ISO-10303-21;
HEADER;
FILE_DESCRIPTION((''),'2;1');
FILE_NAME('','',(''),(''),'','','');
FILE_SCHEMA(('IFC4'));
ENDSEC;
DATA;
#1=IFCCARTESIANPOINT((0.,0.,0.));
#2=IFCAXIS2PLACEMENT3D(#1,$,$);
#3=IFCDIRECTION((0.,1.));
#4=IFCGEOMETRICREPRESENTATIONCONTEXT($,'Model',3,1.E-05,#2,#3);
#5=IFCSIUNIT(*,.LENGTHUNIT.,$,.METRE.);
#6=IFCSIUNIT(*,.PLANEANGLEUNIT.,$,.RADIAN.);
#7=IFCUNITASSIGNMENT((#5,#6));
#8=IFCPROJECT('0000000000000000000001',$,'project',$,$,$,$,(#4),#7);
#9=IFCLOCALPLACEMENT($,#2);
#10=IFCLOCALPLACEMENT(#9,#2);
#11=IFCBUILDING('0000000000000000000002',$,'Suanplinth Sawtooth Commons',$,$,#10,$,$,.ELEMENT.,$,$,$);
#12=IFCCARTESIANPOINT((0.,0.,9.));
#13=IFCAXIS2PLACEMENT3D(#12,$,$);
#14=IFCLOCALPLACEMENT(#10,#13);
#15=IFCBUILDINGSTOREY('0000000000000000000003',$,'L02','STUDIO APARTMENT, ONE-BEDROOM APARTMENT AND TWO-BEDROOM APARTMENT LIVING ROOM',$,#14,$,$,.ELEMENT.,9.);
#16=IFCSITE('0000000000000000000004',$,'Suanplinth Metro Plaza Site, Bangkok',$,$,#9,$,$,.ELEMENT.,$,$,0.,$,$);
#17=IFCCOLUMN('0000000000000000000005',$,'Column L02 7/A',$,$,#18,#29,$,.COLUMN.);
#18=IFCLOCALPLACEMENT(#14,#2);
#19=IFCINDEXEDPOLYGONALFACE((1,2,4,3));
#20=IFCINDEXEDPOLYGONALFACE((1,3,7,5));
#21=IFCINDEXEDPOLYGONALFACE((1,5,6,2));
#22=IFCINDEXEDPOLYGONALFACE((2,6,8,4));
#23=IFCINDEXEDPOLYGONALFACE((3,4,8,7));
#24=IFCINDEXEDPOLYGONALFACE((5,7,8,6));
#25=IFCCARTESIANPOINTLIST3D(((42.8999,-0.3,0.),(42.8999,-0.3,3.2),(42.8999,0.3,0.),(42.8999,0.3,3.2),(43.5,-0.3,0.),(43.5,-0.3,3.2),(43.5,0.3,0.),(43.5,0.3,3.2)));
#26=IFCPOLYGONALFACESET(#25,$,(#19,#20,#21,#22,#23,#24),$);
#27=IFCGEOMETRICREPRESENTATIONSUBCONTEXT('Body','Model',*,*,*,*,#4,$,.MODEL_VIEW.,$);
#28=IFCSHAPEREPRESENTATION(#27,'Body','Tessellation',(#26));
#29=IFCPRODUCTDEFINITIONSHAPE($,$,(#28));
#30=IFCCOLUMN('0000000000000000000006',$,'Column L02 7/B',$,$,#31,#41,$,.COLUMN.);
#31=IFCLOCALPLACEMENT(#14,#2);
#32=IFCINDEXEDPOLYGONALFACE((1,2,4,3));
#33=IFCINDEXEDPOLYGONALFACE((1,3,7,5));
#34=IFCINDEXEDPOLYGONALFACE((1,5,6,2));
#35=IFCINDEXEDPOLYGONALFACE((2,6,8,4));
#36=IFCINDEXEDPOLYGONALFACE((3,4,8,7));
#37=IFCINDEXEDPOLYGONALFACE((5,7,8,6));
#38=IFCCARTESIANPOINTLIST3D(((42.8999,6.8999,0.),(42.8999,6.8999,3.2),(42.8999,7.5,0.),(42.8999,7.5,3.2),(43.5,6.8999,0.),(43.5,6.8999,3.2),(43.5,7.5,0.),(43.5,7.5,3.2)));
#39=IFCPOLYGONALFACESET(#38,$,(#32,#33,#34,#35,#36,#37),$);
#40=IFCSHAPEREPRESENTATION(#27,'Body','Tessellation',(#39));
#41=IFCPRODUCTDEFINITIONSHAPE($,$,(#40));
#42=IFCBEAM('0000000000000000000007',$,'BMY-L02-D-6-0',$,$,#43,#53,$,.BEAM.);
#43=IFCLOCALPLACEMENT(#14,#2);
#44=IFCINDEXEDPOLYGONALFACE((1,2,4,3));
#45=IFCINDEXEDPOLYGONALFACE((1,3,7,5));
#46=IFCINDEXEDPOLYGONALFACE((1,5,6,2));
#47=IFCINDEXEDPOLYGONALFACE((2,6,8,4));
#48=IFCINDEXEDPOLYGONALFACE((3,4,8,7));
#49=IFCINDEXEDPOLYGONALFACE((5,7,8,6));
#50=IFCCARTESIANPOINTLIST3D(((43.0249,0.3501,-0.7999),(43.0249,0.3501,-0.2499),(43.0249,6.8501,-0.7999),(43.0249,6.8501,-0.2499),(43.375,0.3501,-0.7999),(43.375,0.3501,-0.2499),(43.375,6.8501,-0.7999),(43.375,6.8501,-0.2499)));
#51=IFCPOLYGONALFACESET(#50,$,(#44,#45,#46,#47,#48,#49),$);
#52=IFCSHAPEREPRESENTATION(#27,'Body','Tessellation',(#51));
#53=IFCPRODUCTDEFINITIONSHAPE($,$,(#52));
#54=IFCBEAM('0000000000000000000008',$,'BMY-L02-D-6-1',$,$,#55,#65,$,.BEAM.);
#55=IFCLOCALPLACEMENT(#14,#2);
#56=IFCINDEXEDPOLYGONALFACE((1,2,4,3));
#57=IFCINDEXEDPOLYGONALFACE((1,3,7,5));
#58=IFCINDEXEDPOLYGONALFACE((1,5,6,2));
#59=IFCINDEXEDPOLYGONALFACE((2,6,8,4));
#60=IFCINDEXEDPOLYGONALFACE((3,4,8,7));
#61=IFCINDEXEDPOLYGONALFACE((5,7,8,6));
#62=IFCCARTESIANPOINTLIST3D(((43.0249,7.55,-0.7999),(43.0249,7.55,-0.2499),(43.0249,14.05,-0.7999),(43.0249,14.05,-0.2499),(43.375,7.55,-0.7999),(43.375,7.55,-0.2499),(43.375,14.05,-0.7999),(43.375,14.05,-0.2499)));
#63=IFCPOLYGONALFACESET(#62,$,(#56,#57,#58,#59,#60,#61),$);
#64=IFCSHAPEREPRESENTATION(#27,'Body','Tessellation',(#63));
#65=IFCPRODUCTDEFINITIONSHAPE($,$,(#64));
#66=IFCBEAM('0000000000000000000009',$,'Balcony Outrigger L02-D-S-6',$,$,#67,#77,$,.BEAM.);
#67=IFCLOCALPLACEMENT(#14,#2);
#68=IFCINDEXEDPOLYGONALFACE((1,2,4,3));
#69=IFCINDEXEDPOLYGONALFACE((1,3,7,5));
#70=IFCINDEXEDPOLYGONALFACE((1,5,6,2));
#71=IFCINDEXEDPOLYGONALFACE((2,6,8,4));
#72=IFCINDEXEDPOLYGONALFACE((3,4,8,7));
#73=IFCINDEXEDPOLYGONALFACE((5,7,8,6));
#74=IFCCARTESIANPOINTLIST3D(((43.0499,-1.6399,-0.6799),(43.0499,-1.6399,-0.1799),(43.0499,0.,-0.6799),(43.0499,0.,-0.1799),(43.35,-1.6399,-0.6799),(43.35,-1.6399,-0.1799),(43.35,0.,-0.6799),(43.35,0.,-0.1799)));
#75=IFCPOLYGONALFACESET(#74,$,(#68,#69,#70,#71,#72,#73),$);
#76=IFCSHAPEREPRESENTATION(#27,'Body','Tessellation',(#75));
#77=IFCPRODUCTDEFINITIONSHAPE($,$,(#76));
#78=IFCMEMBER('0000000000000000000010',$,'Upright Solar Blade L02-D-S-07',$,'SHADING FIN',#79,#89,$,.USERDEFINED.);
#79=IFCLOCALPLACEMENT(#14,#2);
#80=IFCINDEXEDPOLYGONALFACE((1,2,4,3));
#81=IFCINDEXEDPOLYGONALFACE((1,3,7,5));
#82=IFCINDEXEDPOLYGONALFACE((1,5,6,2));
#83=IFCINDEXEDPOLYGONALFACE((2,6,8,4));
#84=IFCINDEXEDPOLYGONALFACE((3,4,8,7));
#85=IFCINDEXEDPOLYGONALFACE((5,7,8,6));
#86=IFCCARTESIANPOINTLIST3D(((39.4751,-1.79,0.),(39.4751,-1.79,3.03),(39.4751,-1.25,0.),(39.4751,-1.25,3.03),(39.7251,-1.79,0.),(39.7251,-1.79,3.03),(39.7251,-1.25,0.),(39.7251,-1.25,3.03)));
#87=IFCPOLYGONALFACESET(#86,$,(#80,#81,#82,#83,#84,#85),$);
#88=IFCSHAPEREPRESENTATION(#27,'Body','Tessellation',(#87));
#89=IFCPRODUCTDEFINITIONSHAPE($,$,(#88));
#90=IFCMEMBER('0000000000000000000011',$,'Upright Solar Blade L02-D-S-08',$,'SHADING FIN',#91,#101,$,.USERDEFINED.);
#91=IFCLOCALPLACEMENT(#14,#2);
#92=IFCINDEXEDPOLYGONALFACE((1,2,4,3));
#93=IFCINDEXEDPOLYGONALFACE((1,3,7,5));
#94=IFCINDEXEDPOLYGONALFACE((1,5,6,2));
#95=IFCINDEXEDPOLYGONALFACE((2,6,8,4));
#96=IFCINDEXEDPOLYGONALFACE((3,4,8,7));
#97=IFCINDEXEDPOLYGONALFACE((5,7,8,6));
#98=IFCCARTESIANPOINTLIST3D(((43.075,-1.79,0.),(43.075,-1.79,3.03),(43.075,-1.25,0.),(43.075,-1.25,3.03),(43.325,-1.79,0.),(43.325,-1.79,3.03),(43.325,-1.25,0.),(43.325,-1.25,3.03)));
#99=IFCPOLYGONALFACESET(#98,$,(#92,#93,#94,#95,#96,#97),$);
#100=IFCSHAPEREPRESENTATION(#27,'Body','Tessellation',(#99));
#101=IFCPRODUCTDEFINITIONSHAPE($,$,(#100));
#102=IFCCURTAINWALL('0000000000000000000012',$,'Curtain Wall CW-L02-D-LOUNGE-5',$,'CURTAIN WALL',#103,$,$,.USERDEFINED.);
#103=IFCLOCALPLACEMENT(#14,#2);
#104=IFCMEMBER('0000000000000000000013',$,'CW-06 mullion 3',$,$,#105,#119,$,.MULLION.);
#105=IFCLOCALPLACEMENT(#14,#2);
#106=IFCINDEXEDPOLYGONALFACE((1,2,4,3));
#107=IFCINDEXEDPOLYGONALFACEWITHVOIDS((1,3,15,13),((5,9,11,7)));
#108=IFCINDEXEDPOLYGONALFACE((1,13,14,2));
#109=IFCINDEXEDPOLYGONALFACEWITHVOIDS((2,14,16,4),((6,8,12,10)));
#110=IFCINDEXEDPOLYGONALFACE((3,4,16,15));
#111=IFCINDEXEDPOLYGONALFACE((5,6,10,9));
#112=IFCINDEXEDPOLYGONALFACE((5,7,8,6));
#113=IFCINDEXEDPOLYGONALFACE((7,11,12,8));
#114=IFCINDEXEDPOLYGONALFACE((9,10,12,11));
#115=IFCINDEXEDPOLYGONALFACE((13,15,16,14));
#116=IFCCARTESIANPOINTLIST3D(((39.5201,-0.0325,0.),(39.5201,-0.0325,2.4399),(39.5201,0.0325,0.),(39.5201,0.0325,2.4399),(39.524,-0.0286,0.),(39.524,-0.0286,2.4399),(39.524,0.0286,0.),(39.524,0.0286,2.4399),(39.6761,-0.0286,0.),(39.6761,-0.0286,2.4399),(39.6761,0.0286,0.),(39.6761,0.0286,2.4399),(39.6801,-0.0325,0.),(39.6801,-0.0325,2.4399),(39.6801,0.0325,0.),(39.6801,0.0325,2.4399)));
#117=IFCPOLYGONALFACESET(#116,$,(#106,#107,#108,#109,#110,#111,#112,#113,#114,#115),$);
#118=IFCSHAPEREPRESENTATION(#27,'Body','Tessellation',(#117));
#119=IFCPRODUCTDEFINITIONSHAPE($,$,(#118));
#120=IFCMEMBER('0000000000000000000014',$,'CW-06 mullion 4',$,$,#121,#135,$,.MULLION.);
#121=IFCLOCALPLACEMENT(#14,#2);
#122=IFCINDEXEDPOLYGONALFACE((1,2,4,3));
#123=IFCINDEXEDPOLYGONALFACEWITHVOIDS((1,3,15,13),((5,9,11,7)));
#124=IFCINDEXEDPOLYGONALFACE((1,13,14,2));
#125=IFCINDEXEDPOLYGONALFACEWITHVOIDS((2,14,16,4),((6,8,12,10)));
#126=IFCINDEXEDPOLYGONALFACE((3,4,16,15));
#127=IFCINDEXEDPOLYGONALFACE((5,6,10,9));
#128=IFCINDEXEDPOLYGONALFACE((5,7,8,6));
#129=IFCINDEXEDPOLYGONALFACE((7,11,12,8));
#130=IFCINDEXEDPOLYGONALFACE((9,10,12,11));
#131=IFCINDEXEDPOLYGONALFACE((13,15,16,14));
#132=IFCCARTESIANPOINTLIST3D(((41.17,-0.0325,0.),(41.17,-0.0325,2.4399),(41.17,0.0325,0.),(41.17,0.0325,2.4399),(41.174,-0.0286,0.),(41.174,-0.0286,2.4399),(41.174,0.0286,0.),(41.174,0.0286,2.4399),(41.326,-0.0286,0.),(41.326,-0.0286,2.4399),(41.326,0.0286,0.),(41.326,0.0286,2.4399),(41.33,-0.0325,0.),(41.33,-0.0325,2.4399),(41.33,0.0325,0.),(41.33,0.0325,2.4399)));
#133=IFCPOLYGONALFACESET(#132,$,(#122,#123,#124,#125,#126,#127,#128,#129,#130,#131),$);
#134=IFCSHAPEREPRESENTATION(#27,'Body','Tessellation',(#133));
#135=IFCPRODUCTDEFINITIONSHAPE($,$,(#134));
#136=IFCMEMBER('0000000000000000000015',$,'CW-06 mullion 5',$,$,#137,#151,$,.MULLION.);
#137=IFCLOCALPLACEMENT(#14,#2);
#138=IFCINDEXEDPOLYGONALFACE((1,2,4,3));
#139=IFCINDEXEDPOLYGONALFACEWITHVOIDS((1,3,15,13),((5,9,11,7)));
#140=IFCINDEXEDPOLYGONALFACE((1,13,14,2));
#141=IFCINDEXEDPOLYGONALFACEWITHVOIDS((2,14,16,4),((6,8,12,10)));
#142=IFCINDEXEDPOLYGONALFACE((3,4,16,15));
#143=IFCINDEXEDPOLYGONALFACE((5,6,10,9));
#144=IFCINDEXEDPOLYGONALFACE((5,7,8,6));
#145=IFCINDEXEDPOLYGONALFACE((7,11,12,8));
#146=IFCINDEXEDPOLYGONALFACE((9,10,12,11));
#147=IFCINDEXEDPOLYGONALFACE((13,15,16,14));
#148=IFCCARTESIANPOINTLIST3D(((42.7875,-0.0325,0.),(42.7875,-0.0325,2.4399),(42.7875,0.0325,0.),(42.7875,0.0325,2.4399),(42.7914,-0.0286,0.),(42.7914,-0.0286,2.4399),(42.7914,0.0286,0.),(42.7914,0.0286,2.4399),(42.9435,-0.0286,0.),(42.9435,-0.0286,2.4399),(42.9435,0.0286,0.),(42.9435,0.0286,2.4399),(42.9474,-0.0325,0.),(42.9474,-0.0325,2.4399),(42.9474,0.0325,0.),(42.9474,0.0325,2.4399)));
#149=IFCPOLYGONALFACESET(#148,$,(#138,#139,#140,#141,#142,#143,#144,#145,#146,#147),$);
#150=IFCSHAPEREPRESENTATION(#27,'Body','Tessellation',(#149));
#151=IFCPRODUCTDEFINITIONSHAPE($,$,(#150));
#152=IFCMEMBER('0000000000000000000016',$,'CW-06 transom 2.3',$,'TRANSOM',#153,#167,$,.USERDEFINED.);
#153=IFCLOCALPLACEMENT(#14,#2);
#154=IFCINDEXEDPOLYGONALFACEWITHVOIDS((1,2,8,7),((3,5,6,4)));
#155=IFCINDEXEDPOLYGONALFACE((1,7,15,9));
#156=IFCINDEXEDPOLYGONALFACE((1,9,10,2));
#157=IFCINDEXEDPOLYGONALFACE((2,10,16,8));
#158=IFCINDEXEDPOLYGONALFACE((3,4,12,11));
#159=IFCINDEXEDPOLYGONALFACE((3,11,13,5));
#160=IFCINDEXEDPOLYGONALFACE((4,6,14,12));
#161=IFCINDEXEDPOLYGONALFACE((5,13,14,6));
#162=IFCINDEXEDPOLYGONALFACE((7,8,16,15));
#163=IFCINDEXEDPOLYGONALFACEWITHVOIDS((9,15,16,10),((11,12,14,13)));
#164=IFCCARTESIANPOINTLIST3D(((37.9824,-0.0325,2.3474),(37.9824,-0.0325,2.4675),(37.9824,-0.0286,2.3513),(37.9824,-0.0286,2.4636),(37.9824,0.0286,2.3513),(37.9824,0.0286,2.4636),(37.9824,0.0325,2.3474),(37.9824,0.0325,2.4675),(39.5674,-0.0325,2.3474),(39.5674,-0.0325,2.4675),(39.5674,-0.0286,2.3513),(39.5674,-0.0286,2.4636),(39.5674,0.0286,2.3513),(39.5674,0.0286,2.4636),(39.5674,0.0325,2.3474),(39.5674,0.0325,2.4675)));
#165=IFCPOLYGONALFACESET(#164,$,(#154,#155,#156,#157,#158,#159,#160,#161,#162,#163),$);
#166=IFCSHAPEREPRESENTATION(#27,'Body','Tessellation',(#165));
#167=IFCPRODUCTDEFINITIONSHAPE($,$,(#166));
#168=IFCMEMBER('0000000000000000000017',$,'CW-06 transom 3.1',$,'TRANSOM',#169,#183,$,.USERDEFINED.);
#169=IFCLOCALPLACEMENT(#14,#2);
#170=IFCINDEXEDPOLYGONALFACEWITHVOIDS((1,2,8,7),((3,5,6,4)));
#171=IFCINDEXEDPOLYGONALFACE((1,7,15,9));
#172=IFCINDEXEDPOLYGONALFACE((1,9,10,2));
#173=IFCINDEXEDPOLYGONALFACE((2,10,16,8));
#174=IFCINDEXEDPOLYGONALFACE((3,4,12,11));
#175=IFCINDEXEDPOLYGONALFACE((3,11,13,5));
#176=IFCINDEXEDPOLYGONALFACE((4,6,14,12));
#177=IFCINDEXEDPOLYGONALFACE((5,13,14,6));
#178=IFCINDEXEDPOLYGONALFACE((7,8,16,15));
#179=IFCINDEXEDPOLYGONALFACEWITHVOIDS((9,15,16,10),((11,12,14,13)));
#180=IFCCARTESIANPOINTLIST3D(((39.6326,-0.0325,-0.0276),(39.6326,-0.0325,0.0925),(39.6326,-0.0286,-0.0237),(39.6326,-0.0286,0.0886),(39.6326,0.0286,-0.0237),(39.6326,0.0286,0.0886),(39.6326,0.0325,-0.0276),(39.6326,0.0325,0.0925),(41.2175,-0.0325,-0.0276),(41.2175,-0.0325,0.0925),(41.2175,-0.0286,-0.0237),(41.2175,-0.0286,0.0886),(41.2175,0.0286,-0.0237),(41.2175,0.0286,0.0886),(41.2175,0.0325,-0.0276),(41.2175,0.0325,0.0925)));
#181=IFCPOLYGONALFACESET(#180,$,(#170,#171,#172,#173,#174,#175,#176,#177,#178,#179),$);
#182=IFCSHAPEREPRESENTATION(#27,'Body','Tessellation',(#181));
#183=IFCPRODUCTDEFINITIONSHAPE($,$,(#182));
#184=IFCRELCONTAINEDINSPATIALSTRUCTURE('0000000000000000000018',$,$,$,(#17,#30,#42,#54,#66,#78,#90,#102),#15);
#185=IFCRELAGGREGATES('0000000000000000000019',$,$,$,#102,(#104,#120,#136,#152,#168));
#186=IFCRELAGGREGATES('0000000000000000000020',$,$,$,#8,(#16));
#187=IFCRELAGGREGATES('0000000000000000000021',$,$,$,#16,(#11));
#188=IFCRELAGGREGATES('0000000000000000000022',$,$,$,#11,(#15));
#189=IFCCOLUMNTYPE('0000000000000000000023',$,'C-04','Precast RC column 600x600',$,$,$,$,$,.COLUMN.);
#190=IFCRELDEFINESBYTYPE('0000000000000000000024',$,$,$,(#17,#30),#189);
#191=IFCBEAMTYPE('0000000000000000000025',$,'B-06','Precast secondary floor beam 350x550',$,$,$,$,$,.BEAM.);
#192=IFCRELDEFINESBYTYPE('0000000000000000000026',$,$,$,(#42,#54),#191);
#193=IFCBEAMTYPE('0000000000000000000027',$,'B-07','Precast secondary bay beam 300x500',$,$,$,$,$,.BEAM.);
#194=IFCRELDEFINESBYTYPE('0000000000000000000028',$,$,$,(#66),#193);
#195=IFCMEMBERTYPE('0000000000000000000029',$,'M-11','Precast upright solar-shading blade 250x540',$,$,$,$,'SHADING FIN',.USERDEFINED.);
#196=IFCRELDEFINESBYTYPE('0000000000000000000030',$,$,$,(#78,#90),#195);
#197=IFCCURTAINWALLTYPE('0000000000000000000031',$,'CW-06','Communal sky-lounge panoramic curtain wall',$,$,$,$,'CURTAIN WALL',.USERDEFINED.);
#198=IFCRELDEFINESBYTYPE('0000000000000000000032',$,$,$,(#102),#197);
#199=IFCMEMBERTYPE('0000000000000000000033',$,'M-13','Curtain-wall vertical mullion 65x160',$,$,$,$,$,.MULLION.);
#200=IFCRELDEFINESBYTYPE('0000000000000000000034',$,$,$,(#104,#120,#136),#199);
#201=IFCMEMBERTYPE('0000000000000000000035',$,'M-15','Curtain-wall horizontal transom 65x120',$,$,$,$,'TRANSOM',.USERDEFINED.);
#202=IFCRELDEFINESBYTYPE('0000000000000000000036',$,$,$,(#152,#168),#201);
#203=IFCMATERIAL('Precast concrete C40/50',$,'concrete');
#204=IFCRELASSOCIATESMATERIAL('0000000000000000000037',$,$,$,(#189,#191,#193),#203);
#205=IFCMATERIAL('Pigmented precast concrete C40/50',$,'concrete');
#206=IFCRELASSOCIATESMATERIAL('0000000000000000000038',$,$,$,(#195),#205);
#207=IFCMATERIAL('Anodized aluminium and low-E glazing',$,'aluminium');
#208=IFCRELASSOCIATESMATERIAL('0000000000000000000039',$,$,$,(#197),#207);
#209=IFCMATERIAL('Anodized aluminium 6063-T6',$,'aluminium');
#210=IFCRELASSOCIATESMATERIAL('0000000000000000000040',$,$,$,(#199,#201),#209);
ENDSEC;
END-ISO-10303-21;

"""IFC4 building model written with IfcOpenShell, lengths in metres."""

from ifc_helpers import new_model, si_unit, direction, frame, origin, origin_2d, place, context, subcontext, project, spatial, rectangle, hollow_rectangle, extrude, material, material_profile, profile_set, type_object, element, aggregate, save


model = new_model("IFC4")

# Units and contexts
model_context = context("Model", 3, precision=1e-05, world=origin(), true_north=direction((0.0, 1.0)))
body_context = subcontext(model_context, "Body", "Model", "MODEL_VIEW")
ifc_project = project(units=[si_unit("LENGTHUNIT", "METRE"), si_unit("PLANEANGLEUNIT", "RADIAN")], contexts=[model_context])

# Site, building, storey
site_placement = place(None, origin())
site = spatial("IfcSite", under=ifc_project, at=site_placement, Name="Suanplinth Metro Plaza Site, Bangkok", CompositionType="ELEMENT", RefElevation=0.0)
building_placement = place(site_placement, origin())
building = spatial("IfcBuilding", under=site, at=building_placement, Name="Suanplinth Sawtooth Commons", CompositionType="ELEMENT")
storey_placement = place(building_placement, frame((0.0, 0.0, 9.0)))
storey = spatial("IfcBuildingStorey", under=building, at=storey_placement, Name="L02", Description="STUDIO APARTMENT, ONE-BEDROOM APARTMENT AND TWO-BEDROOM APARTMENT LIVING ROOM", CompositionType="ELEMENT", Elevation=9.0)

# Columns
ifc_material_1 = material(Name="Precast concrete C40/50", Category="concrete")
ifc_material_profile_1 = material_profile(ifc_material_1, rectangle(XDim=0.6001, YDim=0.6001, at=origin_2d()), Name="PC-COL 600x600")
ifc_profile_set_1 = profile_set([ifc_material_profile_1], Name="Precast concrete C40/50")
column_type = type_object("IfcColumnType", Name="C-04", Description="Precast RC column 600x600", PredefinedType="COLUMN", material=ifc_profile_set_1)
for number, where, z_axis, x_axis, name in (
    (1, (43.2, 0.0, 0.0), (0.0, 0.0, 1.0), (1.0, 0.0, 0.0), "Column L02 7/A"),
    (2, (43.2, 7.2, 0.0), (0.0, 0.0, 1.0), (1.0, 0.0, 0.0), "Column L02 7/B"),
):
    element("IfcColumn", number, at=place(storey_placement, frame(where, z_axis=z_axis, x_axis=x_axis)), inside=storey, type_object=column_type, Name=name, PredefinedType="COLUMN", context=body_context, shape_type="SweptSolid", body=[
        extrude(rectangle(XDim=0.6001, YDim=0.6001, at=origin_2d()), origin(), (0.0, 0.0, 1.0), 3.2),
    ])

# Beams
ifc_material_profile_2 = material_profile(ifc_material_1, rectangle(XDim=0.3501, YDim=0.55, at=origin_2d()), Name="PC-BM 350x550")
ifc_profile_set_2 = profile_set([ifc_material_profile_2], Name="Precast concrete C40/50")
beam_type_1 = type_object("IfcBeamType", Name="B-06", Description="Precast secondary floor beam 350x550", PredefinedType="BEAM", material=ifc_profile_set_2)
for number, where, z_axis, x_axis, name in (
    (3, (43.2, 0.3501, -0.5249), (0.0, 1.0, 0.0), (-1.0, 0.0, 0.0), "BMY-L02-D-6-0"),
    (4, (43.2, 7.55, -0.5249), (0.0, 1.0, 0.0), (-1.0, 0.0, 0.0), "BMY-L02-D-6-1"),
):
    element("IfcBeam", number, at=place(storey_placement, frame(where, z_axis=z_axis, x_axis=x_axis)), inside=storey, type_object=beam_type_1, Name=name, PredefinedType="BEAM", context=body_context, shape_type="SweptSolid", body=[
        extrude(rectangle(XDim=0.3501, YDim=0.55, at=origin_2d()), origin(), (0.0, 0.0, 1.0), 6.5),
    ])
ifc_material_profile_3 = material_profile(ifc_material_1, rectangle(XDim=0.3, YDim=0.5, at=origin_2d()), Name="PC-BM 300x500")
ifc_profile_set_3 = profile_set([ifc_material_profile_3], Name="Precast concrete C40/50")
beam_type_2 = type_object("IfcBeamType", Name="B-07", Description="Precast secondary bay beam 300x500", PredefinedType="BEAM", material=ifc_profile_set_3)
beam_placement = place(storey_placement, frame((43.2, 0.0, -0.4299), z_axis=(0.0, -1.0, 0.0), x_axis=(1.0, 0.0, 0.0)))
element("IfcBeam", 5, at=beam_placement, inside=storey, type_object=beam_type_2, Name="Balcony Outrigger L02-D-S-6", PredefinedType="BEAM", context=body_context, shape_type="SweptSolid", body=[
    extrude(rectangle(XDim=0.3, YDim=0.5, at=origin_2d()), origin(), (0.0, 0.0, 1.0), 1.6399),
])

# Members
ifc_material_2 = material(Name="Pigmented precast concrete C40/50", Category="concrete")
ifc_material_profile_4 = material_profile(ifc_material_2, rectangle(XDim=0.25, YDim=0.54, at=origin_2d()), Name="PC-FIN 250x540")
ifc_profile_set_4 = profile_set([ifc_material_profile_4], Name="Pigmented precast concrete C40/50")
member_type_1 = type_object("IfcMemberType", Name="M-11", Description="Precast upright solar-shading blade 250x540", ElementType="SHADING FIN", PredefinedType="USERDEFINED", material=ifc_profile_set_4)
for number, where, z_axis, x_axis, name in (
    (6, (39.6001, -1.52, 0.0), (0.0, 0.0, 1.0), (1.0, 0.0, 0.0), "Upright Solar Blade L02-D-S-07"),
    (7, (43.2, -1.52, 0.0), (0.0, 0.0, 1.0), (1.0, 0.0, 0.0), "Upright Solar Blade L02-D-S-08"),
):
    element("IfcMember", number, at=place(storey_placement, frame(where, z_axis=z_axis, x_axis=x_axis)), inside=storey, type_object=member_type_1, Name=name, ObjectType="SHADING FIN", PredefinedType="USERDEFINED", context=body_context, shape_type="SweptSolid", body=[
        extrude(rectangle(XDim=0.25, YDim=0.54, at=origin_2d()), origin(), (0.0, 0.0, 1.0), 3.03),
    ])

# Curtain wall, members
ifc_material_3 = material(Name="Anodized aluminium and low-E glazing", Category="aluminium")
curtain_wall_type = type_object("IfcCurtainWallType", Name="CW-06", Description="Communal sky-lounge panoramic curtain wall", ElementType="CURTAIN WALL", PredefinedType="USERDEFINED", material=ifc_material_3)
curtain_wall_placement = place(storey_placement, origin())
curtain_wall = element("IfcCurtainWall", 8, at=curtain_wall_placement, inside=storey, type_object=curtain_wall_type, Name="Curtain Wall CW-L02-D-LOUNGE-5", ObjectType="CURTAIN WALL", PredefinedType="USERDEFINED")
ifc_material_4 = material(Name="Anodized aluminium 6063-T6", Category="aluminium")
ifc_material_profile_5 = material_profile(ifc_material_4, hollow_rectangle(XDim=0.0649, YDim=0.1599, WallThickness=0.0039, at=origin_2d()), Name="ALU-MUL 65x160")
ifc_profile_set_5 = profile_set([ifc_material_profile_5], Name="Anodized aluminium 6063-T6")
member_type_2 = type_object("IfcMemberType", Name="M-13", Description="Curtain-wall vertical mullion 65x160", PredefinedType="MULLION", material=ifc_profile_set_5)
member_1_placement = place(storey_placement, frame((39.6001, 0.0, 0.0), z_axis=(0.0, 0.0, 1.0), x_axis=(0.0, 1.0, 0.0)))
member_1 = element("IfcMember", 9, at=member_1_placement, type_object=member_type_2, Name="CW-06 mullion 3", PredefinedType="MULLION", context=body_context, shape_type="SweptSolid", body=[
    extrude(hollow_rectangle(XDim=0.0649, YDim=0.1599, WallThickness=0.0039, at=origin_2d()), origin(), (0.0, 0.0, 1.0), 2.4399),
])
member_2_placement = place(storey_placement, frame((41.25, 0.0, 0.0), z_axis=(0.0, 0.0, 1.0), x_axis=(0.0, 1.0, 0.0)))
member_2 = element("IfcMember", 10, at=member_2_placement, type_object=member_type_2, Name="CW-06 mullion 4", PredefinedType="MULLION", context=body_context, shape_type="SweptSolid", body=[
    extrude(hollow_rectangle(XDim=0.0649, YDim=0.1599, WallThickness=0.0039, at=origin_2d()), origin(), (0.0, 0.0, 1.0), 2.4399),
])
member_3_placement = place(storey_placement, frame((42.8674, 0.0, 0.0), z_axis=(0.0, 0.0, 1.0), x_axis=(0.0, 1.0, 0.0)))
member_3 = element("IfcMember", 11, at=member_3_placement, type_object=member_type_2, Name="CW-06 mullion 5", PredefinedType="MULLION", context=body_context, shape_type="SweptSolid", body=[
    extrude(hollow_rectangle(XDim=0.0649, YDim=0.1599, WallThickness=0.0039, at=origin_2d()), origin(), (0.0, 0.0, 1.0), 2.4399),
])
ifc_material_profile_6 = material_profile(ifc_material_4, hollow_rectangle(XDim=0.0649, YDim=0.1201, WallThickness=0.0039, at=origin_2d()), Name="ALU-TRN 65x120")
ifc_profile_set_6 = profile_set([ifc_material_profile_6], Name="Anodized aluminium 6063-T6")
member_type_3 = type_object("IfcMemberType", Name="M-15", Description="Curtain-wall horizontal transom 65x120", ElementType="TRANSOM", PredefinedType="USERDEFINED", material=ifc_profile_set_6)
member_4_placement = place(storey_placement, frame((37.9824, 0.0, 2.4075), z_axis=(1.0, 0.0, 0.0), x_axis=(0.0, 1.0, 0.0)))
member_4 = element("IfcMember", 12, at=member_4_placement, type_object=member_type_3, Name="CW-06 transom 2.3", ObjectType="TRANSOM", PredefinedType="USERDEFINED", context=body_context, shape_type="SweptSolid", body=[
    extrude(hollow_rectangle(XDim=0.0649, YDim=0.1201, WallThickness=0.0039, at=origin_2d()), origin(), (0.0, 0.0, 1.0), 1.585),
])
member_5_placement = place(storey_placement, frame((39.6326, 0.0, 0.0325), z_axis=(1.0, 0.0, 0.0), x_axis=(0.0, 1.0, 0.0)))
member_5 = element("IfcMember", 13, at=member_5_placement, type_object=member_type_3, Name="CW-06 transom 3.1", ObjectType="TRANSOM", PredefinedType="USERDEFINED", context=body_context, shape_type="SweptSolid", body=[
    extrude(hollow_rectangle(XDim=0.0649, YDim=0.1201, WallThickness=0.0039, at=origin_2d()), origin(), (0.0, 0.0, 1.0), 1.585),
])
aggregate(curtain_wall, [member_1, member_2, member_3, member_4, member_5])

save(model, "model.ifc")
